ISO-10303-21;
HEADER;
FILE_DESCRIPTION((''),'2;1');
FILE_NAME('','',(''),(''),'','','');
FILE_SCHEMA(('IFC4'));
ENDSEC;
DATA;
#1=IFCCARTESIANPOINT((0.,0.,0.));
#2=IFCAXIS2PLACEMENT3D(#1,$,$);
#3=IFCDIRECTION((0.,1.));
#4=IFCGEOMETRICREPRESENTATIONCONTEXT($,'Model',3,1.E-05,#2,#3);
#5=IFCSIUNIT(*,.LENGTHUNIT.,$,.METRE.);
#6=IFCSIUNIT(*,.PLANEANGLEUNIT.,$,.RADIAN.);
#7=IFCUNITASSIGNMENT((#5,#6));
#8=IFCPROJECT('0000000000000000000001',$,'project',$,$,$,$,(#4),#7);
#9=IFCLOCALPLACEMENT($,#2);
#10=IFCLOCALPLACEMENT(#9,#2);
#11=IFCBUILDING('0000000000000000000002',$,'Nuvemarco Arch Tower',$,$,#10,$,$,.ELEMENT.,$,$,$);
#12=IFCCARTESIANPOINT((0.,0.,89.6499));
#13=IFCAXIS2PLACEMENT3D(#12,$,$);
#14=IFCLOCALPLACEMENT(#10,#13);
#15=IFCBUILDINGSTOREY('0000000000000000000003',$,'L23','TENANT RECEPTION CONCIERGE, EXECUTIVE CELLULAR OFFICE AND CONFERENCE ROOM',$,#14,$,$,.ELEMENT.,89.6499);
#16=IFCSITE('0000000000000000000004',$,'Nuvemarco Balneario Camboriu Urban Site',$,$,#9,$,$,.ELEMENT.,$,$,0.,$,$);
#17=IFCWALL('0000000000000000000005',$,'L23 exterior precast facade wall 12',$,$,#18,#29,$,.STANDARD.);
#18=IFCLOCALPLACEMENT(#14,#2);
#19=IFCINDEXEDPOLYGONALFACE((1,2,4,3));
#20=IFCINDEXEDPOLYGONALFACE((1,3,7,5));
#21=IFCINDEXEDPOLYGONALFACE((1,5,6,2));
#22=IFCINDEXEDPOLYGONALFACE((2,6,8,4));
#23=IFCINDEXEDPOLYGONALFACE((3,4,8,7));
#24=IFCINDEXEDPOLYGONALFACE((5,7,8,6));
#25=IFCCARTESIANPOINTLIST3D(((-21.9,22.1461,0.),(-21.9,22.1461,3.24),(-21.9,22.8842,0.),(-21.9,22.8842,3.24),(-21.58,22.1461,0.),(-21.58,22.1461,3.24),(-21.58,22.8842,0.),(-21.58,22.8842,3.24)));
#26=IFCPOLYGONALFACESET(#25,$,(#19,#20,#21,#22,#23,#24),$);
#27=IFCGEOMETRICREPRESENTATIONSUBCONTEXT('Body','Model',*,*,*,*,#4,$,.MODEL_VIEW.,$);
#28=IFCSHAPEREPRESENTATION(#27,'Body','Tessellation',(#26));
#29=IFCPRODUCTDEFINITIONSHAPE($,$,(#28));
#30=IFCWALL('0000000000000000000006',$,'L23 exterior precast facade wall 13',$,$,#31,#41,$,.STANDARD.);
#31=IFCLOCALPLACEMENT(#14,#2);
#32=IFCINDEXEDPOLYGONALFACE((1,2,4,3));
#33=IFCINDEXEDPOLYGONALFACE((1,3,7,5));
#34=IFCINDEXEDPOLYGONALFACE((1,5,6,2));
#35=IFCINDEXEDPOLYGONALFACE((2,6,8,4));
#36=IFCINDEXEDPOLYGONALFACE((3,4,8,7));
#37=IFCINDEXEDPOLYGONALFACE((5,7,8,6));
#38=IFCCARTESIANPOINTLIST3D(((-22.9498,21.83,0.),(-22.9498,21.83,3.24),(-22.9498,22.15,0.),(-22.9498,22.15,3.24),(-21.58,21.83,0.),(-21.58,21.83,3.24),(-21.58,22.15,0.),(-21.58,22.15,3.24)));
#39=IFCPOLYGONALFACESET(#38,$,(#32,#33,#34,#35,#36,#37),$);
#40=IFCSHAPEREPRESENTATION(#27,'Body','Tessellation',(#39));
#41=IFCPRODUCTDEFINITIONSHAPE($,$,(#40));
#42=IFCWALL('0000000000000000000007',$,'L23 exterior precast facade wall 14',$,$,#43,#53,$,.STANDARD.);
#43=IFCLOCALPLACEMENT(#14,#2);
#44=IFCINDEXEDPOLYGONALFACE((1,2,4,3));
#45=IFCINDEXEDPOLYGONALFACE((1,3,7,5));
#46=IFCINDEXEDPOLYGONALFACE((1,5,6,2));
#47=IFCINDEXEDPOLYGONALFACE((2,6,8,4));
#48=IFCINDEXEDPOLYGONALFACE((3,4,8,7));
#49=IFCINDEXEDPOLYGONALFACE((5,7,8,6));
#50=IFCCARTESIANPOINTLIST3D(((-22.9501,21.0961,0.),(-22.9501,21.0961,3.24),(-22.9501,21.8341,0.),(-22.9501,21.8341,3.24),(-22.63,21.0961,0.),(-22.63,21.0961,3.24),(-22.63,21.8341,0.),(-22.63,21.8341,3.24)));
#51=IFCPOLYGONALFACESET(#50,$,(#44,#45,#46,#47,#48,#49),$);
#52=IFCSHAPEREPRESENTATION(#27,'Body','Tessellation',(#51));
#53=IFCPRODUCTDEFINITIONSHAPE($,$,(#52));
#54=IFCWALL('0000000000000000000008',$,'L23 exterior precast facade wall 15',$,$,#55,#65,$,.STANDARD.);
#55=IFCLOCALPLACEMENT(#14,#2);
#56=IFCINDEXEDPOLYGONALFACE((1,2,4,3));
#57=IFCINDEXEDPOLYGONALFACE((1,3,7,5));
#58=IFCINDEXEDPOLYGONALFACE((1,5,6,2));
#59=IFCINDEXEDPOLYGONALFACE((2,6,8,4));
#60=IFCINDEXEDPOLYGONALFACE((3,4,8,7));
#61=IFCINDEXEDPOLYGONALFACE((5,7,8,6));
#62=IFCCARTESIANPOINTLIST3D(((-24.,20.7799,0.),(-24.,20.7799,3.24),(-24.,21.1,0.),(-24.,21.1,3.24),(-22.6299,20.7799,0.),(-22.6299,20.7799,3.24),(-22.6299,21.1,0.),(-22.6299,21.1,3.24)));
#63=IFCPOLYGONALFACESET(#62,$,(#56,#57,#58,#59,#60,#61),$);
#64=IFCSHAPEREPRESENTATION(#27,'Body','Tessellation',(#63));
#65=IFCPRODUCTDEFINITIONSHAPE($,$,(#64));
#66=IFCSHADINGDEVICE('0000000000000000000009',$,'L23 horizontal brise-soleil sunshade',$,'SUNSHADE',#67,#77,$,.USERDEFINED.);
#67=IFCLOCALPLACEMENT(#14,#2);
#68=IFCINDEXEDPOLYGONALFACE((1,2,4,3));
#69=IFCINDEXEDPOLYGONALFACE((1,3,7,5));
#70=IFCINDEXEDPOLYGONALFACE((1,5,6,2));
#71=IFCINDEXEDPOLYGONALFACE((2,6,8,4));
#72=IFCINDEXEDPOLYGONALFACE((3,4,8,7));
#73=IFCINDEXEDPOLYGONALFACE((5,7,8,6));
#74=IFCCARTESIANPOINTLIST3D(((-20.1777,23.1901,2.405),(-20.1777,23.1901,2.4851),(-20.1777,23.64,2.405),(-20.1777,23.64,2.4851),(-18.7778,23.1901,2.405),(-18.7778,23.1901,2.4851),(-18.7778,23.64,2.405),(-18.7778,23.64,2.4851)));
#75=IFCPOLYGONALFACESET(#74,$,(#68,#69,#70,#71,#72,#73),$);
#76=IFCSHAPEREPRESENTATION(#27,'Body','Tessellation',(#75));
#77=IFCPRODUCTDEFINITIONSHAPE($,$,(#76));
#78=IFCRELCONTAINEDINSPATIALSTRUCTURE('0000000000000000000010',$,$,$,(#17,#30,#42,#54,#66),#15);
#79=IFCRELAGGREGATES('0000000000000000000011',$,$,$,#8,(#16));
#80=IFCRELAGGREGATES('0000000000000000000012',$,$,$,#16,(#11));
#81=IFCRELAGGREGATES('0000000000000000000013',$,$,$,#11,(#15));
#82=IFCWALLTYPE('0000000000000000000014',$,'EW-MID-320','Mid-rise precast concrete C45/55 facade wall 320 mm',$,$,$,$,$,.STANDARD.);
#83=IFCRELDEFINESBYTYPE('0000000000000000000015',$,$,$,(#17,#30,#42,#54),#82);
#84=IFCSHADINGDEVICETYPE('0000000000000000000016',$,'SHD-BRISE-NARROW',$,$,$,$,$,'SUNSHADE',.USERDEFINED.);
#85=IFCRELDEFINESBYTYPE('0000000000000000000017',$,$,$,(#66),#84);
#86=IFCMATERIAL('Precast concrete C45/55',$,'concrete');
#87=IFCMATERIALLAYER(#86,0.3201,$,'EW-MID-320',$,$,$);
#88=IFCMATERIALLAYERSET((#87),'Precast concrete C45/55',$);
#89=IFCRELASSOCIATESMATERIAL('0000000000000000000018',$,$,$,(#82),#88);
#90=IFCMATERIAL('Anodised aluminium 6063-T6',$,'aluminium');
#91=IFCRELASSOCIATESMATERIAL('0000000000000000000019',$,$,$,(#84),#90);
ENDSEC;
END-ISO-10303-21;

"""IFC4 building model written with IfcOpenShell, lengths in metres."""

from ifc_helpers import new_model, si_unit, direction, frame, frame_2d, origin, origin_2d, place, context, subcontext, project, spatial, rectangle, extrude, source, transform, mapped, material, layer, layer_set, type_object, type_shapes, element, save


model = new_model("IFC4")

# Units and contexts
model_context = context("Model", 3, precision=1e-05, world=origin(), true_north=direction((0.0, 1.0)))
body_context = subcontext(model_context, "Body", "Model", "MODEL_VIEW")
ifc_project = project(units=[si_unit("LENGTHUNIT", "METRE"), si_unit("PLANEANGLEUNIT", "RADIAN")], contexts=[model_context])

# Site, building, storey
site_placement = place(None, origin())
site = spatial("IfcSite", under=ifc_project, at=site_placement, Name="Nuvemarco Balneario Camboriu Urban Site", CompositionType="ELEMENT", RefElevation=0.0)
building_placement = place(site_placement, origin())
building = spatial("IfcBuilding", under=site, at=building_placement, Name="Nuvemarco Arch Tower", CompositionType="ELEMENT")
storey_placement = place(building_placement, frame((0.0, 0.0, 89.6499)))
storey = spatial("IfcBuildingStorey", under=building, at=storey_placement, Name="L23", Description="TENANT RECEPTION CONCIERGE, EXECUTIVE CELLULAR OFFICE AND CONFERENCE ROOM", CompositionType="ELEMENT", Elevation=89.6499)

# Shared definitions
ifc_material_1 = material(Name="Precast concrete C45/55", Category="concrete")
ifc_layer = layer(ifc_material_1, 0.3201, Name="EW-MID-320")
ifc_layer_set = layer_set([ifc_layer], Name="Precast concrete C45/55")
wall_type = type_object("IfcWallType", Name="EW-MID-320", Description="Mid-rise precast concrete C45/55 facade wall 320 mm", PredefinedType="STANDARD", material=ifc_layer_set)

# Walls
wall_1_placement = place(storey_placement, frame((-21.74, 22.146, 0.0), z_axis=(0.0, 0.0, 1.0), x_axis=(0.0, 1.0, 0.0)))
element("IfcWall", 1, at=wall_1_placement, inside=storey, type_object=wall_type, Name="L23 exterior precast facade wall 12", PredefinedType="STANDARD", context=body_context, shape_type="SweptSolid", body=[
    extrude(rectangle(XDim=0.738, YDim=0.3201, at=frame_2d((0.3691, 0.0))), origin(), (0.0, 0.0, 1.0), 3.24),
])
wall_2_placement = place(storey_placement, frame((-22.95, 21.99, 0.0), z_axis=(0.0, 0.0, 1.0), x_axis=(1.0, 0.0, 0.0)))
element("IfcWall", 2, at=wall_2_placement, inside=storey, type_object=wall_type, Name="L23 exterior precast facade wall 13", PredefinedType="STANDARD", context=body_context, shape_type="SweptSolid", body=[
    extrude(rectangle(XDim=1.3699, YDim=0.3201, at=frame_2d((0.6851, 0.0))), origin(), (0.0, 0.0, 1.0), 3.24),
])
wall_3_placement = place(storey_placement, frame((-22.79, 21.0959, 0.0), z_axis=(0.0, 0.0, 1.0), x_axis=(0.0, 1.0, 0.0)))
element("IfcWall", 3, at=wall_3_placement, inside=storey, type_object=wall_type, Name="L23 exterior precast facade wall 14", PredefinedType="STANDARD", context=body_context, shape_type="SweptSolid", body=[
    extrude(rectangle(XDim=0.738, YDim=0.3201, at=frame_2d((0.3691, 0.0))), origin(), (0.0, 0.0, 1.0), 3.24),
])
wall_4_placement = place(storey_placement, frame((-24.0, 20.9399, 0.0), z_axis=(0.0, 0.0, 1.0), x_axis=(1.0, 0.0, 0.0)))
element("IfcWall", 4, at=wall_4_placement, inside=storey, type_object=wall_type, Name="L23 exterior precast facade wall 15", PredefinedType="STANDARD", context=body_context, shape_type="SweptSolid", body=[
    extrude(rectangle(XDim=1.3701, YDim=0.3201, at=frame_2d((0.6851, 0.0))), origin(), (0.0, 0.0, 1.0), 3.24),
])

# Shading device
ifc_material_2 = material(Name="Anodised aluminium 6063-T6", Category="aluminium")
shading_device_type = type_object("IfcShadingDeviceType", Name="SHD-BRISE-NARROW", ElementType="SUNSHADE", PredefinedType="USERDEFINED", material=ifc_material_2)
shared_shape_1 = source(origin(), body_context, "Body", "SweptSolid", [
    extrude(rectangle(XDim=1.3999, YDim=0.45, at=origin_2d()), origin(), (0.0, 0.0, 1.0), 0.0801),
])
type_shapes(shading_device_type, [shared_shape_1])
shading_device_placement = place(storey_placement, frame((-19.4778, 23.415, 2.405), z_axis=(0.0, 0.0, 1.0), x_axis=(1.0, 0.0, 0.0)))
element("IfcShadingDevice", 5, at=shading_device_placement, inside=storey, type_object=shading_device_type, Name="L23 horizontal brise-soleil sunshade", ObjectType="SUNSHADE", PredefinedType="USERDEFINED", context=body_context, shape_type="MappedRepresentation", body=[
    mapped(shared_shape_1, transform((0.0, 0.0, 0.0), scale=1.0)),
])

save(model, "model.ifc")
